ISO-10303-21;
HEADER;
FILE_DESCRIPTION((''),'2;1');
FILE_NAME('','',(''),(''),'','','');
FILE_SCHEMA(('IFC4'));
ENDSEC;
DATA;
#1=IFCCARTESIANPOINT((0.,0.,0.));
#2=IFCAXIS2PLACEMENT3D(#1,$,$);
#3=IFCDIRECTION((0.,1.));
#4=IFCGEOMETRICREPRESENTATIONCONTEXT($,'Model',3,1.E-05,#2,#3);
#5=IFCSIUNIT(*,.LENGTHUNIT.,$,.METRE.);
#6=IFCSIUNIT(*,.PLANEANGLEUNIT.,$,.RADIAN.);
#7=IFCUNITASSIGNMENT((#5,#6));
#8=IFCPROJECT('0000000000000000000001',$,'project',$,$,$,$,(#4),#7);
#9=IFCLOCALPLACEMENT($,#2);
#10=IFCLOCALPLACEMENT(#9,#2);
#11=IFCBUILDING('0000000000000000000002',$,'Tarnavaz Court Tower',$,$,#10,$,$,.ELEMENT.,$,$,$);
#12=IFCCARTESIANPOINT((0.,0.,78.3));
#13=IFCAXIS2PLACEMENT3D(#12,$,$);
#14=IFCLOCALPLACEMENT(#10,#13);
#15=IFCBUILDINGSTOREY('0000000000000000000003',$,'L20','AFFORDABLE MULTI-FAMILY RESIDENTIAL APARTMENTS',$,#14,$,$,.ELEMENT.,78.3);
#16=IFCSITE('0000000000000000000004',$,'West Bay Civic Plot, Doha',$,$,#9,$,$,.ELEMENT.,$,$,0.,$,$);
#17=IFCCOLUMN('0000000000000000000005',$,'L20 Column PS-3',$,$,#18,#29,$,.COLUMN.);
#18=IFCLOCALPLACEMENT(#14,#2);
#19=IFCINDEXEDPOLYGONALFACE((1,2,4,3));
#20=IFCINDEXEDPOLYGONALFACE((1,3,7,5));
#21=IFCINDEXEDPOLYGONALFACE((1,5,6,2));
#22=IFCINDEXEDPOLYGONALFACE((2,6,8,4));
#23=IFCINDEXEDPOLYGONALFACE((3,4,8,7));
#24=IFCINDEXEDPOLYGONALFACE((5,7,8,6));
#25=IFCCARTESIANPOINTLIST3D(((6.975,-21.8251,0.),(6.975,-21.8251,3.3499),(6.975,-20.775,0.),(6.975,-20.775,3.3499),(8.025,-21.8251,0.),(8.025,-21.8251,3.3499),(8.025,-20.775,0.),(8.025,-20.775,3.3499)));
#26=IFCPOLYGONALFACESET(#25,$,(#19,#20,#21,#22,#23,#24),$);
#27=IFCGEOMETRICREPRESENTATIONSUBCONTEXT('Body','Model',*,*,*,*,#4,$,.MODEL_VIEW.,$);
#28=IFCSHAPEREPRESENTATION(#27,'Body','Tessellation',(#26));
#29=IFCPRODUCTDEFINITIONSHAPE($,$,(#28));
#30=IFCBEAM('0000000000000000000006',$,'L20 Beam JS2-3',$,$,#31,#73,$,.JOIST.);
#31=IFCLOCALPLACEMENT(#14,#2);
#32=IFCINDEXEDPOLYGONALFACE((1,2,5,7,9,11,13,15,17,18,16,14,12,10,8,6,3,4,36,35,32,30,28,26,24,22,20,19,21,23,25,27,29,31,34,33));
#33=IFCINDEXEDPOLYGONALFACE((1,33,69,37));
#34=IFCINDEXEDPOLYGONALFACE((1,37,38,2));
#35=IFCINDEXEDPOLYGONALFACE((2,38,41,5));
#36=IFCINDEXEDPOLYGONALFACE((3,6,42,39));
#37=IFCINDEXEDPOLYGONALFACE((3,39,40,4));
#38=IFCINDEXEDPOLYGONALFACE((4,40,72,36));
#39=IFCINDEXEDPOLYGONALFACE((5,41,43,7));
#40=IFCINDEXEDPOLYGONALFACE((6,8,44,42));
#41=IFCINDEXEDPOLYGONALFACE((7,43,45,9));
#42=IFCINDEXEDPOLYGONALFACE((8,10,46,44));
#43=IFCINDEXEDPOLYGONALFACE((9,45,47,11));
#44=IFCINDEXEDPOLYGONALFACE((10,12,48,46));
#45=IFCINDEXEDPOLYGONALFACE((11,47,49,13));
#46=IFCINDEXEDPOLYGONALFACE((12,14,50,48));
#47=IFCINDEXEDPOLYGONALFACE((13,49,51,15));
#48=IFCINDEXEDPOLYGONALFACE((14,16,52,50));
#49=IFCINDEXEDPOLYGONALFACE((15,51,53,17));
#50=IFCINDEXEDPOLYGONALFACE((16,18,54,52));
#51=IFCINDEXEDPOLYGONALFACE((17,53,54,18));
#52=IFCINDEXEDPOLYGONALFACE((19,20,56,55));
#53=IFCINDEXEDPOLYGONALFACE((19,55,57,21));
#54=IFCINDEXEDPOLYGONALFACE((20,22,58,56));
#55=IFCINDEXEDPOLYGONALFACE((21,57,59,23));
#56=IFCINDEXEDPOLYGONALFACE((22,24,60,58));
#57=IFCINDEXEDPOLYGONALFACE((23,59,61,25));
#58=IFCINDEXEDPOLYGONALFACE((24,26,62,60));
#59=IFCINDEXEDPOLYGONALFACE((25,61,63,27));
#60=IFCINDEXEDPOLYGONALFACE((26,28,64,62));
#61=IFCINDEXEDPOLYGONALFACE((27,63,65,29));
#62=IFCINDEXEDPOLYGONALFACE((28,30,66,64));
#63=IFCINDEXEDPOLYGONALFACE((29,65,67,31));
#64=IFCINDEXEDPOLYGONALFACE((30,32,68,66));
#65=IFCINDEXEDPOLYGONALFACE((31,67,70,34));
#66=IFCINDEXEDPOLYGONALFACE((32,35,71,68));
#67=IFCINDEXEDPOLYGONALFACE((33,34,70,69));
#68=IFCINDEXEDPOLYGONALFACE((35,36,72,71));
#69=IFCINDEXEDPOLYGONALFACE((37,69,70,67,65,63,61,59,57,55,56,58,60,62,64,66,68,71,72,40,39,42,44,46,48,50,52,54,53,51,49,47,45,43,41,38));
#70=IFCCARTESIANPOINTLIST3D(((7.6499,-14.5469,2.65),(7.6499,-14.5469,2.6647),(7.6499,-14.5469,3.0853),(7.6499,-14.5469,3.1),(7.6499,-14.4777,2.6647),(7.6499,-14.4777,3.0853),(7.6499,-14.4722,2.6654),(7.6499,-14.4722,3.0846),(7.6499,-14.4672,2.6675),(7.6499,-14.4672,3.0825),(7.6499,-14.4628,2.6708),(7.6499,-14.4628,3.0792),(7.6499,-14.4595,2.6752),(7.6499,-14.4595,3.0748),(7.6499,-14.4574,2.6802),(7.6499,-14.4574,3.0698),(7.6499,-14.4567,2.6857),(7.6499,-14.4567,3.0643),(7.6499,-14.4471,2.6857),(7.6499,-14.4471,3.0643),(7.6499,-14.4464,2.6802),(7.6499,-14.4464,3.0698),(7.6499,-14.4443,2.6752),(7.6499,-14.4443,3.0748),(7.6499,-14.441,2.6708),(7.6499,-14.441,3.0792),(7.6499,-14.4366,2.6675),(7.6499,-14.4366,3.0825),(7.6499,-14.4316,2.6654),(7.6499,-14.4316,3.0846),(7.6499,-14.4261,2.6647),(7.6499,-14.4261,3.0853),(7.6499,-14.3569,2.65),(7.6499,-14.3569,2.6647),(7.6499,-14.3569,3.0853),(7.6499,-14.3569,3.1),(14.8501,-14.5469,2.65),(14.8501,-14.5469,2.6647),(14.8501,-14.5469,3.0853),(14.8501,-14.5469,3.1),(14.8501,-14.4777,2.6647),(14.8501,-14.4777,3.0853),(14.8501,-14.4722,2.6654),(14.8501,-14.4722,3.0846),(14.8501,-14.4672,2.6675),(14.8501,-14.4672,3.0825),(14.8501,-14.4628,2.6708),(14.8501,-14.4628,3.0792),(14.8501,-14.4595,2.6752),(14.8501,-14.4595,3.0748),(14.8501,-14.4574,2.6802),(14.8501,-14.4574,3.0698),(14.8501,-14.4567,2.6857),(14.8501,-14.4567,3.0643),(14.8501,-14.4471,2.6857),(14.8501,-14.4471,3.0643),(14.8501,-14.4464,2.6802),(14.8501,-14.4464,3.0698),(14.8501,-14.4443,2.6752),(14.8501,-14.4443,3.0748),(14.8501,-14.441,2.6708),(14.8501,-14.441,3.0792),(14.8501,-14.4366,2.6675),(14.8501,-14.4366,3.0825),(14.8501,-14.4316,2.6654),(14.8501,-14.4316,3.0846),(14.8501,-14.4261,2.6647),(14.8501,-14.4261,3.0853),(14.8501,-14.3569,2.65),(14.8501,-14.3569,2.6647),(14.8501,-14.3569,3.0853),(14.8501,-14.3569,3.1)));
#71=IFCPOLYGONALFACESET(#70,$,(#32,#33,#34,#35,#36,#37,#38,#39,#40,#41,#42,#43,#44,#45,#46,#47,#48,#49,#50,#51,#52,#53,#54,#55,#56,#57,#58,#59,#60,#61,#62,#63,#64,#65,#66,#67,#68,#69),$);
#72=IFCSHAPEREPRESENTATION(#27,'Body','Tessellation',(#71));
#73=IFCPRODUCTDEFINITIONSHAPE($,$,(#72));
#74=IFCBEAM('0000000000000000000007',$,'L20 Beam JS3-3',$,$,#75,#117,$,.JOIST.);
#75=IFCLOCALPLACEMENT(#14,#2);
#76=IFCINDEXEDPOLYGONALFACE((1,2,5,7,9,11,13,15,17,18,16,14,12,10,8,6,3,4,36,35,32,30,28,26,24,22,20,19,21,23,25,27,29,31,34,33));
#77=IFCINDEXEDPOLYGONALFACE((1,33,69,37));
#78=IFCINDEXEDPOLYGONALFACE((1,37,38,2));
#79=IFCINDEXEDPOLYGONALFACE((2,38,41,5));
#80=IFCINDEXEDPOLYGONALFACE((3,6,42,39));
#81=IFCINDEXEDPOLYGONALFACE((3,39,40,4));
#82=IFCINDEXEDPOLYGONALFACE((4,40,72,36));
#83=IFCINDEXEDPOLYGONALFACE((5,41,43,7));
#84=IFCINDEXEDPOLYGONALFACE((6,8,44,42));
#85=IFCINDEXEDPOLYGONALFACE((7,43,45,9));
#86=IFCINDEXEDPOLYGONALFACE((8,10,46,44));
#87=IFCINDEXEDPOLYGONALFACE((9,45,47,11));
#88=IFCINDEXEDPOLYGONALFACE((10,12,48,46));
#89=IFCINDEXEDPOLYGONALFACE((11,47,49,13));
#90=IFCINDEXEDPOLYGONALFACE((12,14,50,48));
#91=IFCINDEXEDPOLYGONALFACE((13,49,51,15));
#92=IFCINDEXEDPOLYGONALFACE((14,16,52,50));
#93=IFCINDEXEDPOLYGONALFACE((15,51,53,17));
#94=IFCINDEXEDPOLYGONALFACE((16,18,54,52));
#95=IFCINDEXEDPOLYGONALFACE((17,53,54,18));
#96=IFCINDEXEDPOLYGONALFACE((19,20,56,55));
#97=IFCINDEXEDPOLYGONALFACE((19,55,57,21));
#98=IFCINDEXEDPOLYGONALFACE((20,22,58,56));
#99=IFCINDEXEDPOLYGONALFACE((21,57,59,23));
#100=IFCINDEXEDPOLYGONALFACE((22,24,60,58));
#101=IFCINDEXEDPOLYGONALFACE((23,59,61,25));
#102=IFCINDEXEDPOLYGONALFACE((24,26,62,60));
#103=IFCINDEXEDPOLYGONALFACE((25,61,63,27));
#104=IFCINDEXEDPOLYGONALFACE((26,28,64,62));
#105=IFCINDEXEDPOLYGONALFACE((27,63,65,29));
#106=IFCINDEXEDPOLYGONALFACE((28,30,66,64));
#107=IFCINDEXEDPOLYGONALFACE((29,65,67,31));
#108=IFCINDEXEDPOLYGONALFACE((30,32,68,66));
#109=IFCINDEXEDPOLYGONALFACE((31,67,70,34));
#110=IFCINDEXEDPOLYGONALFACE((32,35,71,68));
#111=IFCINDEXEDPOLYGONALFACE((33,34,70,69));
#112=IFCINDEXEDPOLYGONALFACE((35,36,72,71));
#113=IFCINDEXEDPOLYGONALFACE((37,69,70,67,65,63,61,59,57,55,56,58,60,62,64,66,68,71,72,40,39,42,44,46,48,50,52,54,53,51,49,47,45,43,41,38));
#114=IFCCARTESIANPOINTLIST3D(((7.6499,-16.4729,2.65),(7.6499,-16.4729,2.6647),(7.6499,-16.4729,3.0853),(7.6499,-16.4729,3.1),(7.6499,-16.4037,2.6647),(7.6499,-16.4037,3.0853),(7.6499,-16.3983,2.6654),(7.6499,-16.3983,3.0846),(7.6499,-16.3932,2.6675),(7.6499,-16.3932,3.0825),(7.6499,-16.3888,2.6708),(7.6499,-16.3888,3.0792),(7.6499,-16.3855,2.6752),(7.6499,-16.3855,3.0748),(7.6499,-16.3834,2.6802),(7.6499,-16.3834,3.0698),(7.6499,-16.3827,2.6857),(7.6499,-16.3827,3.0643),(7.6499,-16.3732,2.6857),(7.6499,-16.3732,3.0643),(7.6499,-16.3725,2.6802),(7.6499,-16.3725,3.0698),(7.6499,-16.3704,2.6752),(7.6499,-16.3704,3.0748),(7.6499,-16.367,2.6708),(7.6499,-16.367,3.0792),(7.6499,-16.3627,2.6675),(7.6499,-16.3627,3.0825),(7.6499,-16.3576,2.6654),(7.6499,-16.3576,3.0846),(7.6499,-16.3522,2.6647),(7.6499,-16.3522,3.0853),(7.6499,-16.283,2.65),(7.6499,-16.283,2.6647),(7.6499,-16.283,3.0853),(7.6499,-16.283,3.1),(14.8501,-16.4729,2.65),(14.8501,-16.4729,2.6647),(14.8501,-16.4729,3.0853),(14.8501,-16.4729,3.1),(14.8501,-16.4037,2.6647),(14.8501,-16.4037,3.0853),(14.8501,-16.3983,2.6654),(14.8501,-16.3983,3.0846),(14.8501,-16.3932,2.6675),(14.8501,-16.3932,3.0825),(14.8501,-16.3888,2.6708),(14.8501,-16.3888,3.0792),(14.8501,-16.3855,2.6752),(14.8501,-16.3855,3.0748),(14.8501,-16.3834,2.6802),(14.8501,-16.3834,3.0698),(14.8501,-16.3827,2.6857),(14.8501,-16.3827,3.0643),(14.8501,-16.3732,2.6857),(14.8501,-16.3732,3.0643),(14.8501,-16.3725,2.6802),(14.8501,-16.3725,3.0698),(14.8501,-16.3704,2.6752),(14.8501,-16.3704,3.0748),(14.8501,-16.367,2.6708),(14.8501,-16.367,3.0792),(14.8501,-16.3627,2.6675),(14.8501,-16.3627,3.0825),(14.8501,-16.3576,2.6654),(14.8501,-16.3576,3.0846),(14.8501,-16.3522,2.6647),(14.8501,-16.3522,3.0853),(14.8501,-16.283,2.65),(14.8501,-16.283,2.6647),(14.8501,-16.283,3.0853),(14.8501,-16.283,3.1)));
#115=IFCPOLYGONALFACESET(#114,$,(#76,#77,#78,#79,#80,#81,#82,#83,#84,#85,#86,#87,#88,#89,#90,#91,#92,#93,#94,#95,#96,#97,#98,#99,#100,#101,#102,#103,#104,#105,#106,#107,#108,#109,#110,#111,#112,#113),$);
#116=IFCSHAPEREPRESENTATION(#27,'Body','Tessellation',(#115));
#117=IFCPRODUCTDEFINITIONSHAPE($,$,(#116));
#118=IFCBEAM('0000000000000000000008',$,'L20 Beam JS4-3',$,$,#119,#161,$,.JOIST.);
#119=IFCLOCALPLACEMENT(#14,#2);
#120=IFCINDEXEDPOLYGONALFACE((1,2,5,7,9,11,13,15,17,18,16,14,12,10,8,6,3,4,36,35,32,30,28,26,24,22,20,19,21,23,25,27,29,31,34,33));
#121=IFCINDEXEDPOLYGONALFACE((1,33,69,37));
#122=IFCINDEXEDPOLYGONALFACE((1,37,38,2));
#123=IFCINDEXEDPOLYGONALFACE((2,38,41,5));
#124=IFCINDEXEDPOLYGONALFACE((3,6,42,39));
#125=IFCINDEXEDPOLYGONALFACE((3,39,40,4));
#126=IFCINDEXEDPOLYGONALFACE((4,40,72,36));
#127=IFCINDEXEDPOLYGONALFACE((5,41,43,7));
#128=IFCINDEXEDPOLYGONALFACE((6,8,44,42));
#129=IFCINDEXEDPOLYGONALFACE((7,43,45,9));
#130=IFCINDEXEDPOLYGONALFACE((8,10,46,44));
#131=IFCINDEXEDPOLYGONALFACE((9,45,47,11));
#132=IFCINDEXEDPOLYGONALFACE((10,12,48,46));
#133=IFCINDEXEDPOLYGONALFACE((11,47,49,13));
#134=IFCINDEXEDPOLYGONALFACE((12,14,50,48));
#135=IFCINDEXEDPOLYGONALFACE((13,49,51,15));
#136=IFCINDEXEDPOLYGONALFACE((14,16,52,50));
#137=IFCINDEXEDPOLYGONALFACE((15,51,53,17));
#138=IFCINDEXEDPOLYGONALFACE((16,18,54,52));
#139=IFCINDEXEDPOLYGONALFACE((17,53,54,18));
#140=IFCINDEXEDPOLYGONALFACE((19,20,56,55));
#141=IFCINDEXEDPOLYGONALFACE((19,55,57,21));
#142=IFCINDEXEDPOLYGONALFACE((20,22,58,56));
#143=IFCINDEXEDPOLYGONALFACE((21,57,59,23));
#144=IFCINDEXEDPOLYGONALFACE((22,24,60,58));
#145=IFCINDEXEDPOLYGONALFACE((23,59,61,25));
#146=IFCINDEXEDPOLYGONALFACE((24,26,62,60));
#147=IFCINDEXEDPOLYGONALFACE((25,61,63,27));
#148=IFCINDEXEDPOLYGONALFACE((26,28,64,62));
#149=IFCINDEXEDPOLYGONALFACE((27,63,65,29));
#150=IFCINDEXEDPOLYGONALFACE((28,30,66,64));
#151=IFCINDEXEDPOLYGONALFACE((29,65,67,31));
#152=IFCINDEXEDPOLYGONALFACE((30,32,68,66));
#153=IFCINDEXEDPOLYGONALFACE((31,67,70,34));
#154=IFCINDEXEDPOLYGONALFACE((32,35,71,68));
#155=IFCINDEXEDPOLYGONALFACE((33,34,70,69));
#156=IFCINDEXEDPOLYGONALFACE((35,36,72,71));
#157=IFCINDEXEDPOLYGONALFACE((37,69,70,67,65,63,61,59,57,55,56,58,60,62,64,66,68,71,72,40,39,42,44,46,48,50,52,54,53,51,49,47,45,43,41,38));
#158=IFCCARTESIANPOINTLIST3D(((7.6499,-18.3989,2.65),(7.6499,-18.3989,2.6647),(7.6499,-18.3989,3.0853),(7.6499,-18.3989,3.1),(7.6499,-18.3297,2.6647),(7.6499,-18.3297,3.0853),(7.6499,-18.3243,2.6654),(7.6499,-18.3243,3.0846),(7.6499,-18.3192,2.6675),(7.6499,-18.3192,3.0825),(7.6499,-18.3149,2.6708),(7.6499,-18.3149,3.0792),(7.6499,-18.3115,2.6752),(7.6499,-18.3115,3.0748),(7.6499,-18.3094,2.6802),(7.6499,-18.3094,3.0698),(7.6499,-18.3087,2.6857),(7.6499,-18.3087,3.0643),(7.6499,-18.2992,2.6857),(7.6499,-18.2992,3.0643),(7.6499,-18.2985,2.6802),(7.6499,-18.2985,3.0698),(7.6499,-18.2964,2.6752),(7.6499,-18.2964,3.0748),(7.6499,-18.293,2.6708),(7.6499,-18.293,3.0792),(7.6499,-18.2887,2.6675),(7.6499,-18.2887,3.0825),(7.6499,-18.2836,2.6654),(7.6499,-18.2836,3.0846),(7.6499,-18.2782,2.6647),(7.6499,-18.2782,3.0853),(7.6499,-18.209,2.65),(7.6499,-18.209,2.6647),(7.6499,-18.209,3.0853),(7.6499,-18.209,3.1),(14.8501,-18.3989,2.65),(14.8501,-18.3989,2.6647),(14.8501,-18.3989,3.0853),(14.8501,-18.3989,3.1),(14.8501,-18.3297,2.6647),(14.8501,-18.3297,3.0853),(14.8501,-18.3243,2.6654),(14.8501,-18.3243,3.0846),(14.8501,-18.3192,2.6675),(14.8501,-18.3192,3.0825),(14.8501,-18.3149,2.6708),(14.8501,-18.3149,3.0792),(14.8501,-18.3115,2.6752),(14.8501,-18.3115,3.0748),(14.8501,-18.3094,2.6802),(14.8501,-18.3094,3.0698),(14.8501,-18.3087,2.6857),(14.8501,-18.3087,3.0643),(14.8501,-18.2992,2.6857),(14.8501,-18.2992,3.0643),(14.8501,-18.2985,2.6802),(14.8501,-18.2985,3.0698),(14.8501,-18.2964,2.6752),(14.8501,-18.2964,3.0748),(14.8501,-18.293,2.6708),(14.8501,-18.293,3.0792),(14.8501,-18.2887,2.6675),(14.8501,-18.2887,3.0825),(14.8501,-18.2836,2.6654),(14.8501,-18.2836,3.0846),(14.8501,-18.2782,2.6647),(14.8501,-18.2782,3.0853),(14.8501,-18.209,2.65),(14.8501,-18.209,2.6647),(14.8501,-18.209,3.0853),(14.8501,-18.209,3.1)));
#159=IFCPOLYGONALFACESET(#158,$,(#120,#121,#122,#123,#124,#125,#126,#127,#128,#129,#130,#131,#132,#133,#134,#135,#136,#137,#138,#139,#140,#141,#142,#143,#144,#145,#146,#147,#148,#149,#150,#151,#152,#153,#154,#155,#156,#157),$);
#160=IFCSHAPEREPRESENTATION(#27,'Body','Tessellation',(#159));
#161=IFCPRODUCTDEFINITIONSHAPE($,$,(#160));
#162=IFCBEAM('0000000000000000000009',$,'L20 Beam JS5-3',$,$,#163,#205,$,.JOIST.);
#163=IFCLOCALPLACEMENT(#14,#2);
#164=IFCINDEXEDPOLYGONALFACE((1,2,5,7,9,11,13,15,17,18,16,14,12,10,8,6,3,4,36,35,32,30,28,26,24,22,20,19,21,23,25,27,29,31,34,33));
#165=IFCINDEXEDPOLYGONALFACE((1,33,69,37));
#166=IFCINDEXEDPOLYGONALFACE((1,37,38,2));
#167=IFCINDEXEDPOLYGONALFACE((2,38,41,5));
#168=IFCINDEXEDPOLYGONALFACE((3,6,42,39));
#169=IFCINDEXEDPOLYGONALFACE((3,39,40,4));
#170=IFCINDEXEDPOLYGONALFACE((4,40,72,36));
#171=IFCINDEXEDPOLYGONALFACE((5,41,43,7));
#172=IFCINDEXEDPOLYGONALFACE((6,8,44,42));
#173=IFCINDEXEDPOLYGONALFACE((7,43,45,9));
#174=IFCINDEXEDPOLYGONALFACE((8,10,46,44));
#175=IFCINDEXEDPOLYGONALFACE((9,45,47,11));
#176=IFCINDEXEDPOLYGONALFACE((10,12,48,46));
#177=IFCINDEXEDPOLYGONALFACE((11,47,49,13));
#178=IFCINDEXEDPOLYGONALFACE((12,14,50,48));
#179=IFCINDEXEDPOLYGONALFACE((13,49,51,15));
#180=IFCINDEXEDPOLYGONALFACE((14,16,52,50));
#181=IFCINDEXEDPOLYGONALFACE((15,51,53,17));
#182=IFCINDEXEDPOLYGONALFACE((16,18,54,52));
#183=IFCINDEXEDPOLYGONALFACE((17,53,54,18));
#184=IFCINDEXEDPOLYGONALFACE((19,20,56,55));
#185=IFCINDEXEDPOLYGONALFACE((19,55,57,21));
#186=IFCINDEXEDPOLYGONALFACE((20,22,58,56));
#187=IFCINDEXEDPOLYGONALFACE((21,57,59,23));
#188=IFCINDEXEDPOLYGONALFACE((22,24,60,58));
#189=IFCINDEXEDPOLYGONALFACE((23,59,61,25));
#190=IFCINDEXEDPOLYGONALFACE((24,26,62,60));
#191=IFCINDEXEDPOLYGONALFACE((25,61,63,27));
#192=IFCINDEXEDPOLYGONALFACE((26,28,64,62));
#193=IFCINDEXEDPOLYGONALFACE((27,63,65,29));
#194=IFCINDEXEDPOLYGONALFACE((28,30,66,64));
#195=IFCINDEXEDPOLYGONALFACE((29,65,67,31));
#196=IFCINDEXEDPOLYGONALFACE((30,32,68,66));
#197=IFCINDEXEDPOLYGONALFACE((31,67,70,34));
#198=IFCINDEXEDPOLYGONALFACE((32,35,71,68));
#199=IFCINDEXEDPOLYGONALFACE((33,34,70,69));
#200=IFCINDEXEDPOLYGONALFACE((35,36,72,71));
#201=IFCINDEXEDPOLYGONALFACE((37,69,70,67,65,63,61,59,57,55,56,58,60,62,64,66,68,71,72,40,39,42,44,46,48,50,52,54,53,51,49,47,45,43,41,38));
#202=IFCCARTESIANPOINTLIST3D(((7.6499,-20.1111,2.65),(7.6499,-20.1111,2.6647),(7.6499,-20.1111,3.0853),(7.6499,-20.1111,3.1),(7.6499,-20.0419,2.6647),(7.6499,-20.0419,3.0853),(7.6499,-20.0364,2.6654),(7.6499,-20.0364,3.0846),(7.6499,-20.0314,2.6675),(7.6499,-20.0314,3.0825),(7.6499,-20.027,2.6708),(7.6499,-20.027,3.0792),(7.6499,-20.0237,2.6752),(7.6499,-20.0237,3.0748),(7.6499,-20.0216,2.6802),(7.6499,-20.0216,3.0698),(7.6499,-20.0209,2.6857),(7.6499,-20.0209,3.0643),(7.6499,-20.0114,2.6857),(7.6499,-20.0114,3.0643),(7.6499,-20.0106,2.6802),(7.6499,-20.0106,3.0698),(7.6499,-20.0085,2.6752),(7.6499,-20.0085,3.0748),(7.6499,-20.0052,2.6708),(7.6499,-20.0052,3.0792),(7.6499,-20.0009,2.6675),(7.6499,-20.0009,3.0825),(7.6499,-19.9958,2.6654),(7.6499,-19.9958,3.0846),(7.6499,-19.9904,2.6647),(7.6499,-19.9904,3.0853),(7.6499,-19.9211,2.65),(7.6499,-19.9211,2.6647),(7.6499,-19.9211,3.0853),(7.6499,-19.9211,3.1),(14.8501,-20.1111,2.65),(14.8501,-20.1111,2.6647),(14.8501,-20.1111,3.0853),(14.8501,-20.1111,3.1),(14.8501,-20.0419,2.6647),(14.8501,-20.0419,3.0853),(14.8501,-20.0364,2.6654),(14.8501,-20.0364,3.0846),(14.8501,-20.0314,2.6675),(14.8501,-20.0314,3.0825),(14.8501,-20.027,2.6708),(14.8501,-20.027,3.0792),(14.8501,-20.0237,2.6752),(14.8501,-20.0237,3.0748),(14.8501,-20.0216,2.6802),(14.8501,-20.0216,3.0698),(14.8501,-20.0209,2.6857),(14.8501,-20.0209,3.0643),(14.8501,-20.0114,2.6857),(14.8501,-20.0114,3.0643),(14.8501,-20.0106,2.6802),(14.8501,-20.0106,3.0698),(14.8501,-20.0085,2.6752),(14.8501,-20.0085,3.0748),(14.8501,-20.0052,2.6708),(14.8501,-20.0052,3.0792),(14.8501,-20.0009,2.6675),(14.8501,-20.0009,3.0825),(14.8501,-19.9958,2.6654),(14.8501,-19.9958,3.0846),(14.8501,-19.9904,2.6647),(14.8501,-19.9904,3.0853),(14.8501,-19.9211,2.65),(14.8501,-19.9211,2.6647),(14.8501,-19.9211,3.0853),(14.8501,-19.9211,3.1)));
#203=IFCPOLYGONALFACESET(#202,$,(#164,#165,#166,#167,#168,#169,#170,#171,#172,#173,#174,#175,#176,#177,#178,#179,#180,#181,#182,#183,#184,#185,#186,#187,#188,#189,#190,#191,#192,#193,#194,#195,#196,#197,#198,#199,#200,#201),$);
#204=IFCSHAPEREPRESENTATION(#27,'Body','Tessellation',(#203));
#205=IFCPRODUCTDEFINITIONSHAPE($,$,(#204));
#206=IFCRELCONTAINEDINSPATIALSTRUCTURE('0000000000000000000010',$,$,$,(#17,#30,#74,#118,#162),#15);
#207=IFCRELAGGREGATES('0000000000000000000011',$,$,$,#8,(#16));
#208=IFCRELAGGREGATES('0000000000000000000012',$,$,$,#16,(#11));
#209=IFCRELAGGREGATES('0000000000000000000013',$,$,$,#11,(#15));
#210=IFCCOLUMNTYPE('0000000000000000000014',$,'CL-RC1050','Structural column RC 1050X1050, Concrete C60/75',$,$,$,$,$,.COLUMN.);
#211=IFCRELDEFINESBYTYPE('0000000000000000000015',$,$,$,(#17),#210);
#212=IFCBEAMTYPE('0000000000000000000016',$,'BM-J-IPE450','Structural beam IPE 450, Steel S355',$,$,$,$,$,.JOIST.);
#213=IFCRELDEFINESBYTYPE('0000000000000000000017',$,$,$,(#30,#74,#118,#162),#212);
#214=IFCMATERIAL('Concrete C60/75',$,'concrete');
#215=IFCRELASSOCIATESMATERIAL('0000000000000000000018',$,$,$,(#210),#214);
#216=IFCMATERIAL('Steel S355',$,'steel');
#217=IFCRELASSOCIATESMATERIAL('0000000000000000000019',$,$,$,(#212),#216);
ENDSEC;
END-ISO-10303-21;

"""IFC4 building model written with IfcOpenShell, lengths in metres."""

from ifc_helpers import new_model, si_unit, direction, frame, origin, origin_2d, place, context, subcontext, project, spatial, rectangle, i_section, extrude, material, material_profile, profile_set, type_object, element, save


model = new_model("IFC4")

# Units and contexts
model_context = context("Model", 3, precision=1e-05, world=origin(), true_north=direction((0.0, 1.0)))
body_context = subcontext(model_context, "Body", "Model", "MODEL_VIEW")
ifc_project = project(units=[si_unit("LENGTHUNIT", "METRE"), si_unit("PLANEANGLEUNIT", "RADIAN")], contexts=[model_context])

# Site, building, storey
site_placement = place(None, origin())
site = spatial("IfcSite", under=ifc_project, at=site_placement, Name="West Bay Civic Plot, Doha", CompositionType="ELEMENT", RefElevation=0.0)
building_placement = place(site_placement, origin())
building = spatial("IfcBuilding", under=site, at=building_placement, Name="Tarnavaz Court Tower", CompositionType="ELEMENT")
storey_placement = place(building_placement, frame((0.0, 0.0, 78.3)))
storey = spatial("IfcBuildingStorey", under=building, at=storey_placement, Name="L20", Description="AFFORDABLE MULTI-FAMILY RESIDENTIAL APARTMENTS", CompositionType="ELEMENT", Elevation=78.3)

# Column
ifc_material_1 = material(Name="Concrete C60/75", Category="concrete")
ifc_material_profile_1 = material_profile(ifc_material_1, rectangle(XDim=1.05, YDim=1.05, at=origin_2d()), Name="RC 1050X1050")
ifc_profile_set_1 = profile_set([ifc_material_profile_1], Name="Concrete C60/75")
column_type = type_object("IfcColumnType", Name="CL-RC1050", Description="Structural column RC 1050X1050, Concrete C60/75", PredefinedType="COLUMN", material=ifc_profile_set_1)
column_placement = place(storey_placement, frame((7.5, -21.3, 0.0), z_axis=(0.0, 0.0, 1.0), x_axis=(1.0, 0.0, 0.0)))
element("IfcColumn", 1, at=column_placement, inside=storey, type_object=column_type, Name="L20 Column PS-3", PredefinedType="COLUMN", context=body_context, shape_type="SweptSolid", body=[
    extrude(rectangle(XDim=1.05, YDim=1.05, at=origin_2d()), origin(), (0.0, 0.0, 1.0), 3.3499),
])

# Beams
ifc_material_2 = material(Name="Steel S355", Category="steel")
ifc_material_profile_2 = material_profile(ifc_material_2, i_section(OverallWidth=0.1899, OverallDepth=0.45, WebThickness=0.0095, FlangeThickness=0.0146, FilletRadius=0.021, at=origin_2d()), Name="IPE 450")
ifc_profile_set_2 = profile_set([ifc_material_profile_2], Name="Steel S355")
beam_type_1 = type_object("IfcBeamType", Name="BM-J-IPE450", Description="Structural beam IPE 450, Steel S355", PredefinedType="JOIST", material=ifc_profile_set_2)
for number, where, z_axis, x_axis, name in (
    (2, (7.6499, -14.4519, 2.875), (1.0, 0.0, 0.0), (0.0, 1.0, 0.0), "L20 Beam JS2-3"),
    (3, (7.6499, -16.3779, 2.875), (1.0, 0.0, 0.0), (0.0, 1.0, 0.0), "L20 Beam JS3-3"),
    (4, (7.6499, -18.304, 2.875), (1.0, 0.0, 0.0), (0.0, 1.0, 0.0), "L20 Beam JS4-3"),
    (5, (7.6499, -20.0161, 2.875), (1.0, 0.0, 0.0), (0.0, 1.0, 0.0), "L20 Beam JS5-3"),
):
    element("IfcBeam", number, at=place(storey_placement, frame(where, z_axis=z_axis, x_axis=x_axis)), inside=storey, type_object=beam_type_1, Name=name, PredefinedType="JOIST", context=body_context, shape_type="SweptSolid", body=[
        extrude(i_section(OverallWidth=0.1899, OverallDepth=0.45, WebThickness=0.0095, FlangeThickness=0.0146, FilletRadius=0.021, at=origin_2d()), origin(), (0.0, 0.0, 1.0), 7.2002),
    ])

save(model, "model.ifc")
